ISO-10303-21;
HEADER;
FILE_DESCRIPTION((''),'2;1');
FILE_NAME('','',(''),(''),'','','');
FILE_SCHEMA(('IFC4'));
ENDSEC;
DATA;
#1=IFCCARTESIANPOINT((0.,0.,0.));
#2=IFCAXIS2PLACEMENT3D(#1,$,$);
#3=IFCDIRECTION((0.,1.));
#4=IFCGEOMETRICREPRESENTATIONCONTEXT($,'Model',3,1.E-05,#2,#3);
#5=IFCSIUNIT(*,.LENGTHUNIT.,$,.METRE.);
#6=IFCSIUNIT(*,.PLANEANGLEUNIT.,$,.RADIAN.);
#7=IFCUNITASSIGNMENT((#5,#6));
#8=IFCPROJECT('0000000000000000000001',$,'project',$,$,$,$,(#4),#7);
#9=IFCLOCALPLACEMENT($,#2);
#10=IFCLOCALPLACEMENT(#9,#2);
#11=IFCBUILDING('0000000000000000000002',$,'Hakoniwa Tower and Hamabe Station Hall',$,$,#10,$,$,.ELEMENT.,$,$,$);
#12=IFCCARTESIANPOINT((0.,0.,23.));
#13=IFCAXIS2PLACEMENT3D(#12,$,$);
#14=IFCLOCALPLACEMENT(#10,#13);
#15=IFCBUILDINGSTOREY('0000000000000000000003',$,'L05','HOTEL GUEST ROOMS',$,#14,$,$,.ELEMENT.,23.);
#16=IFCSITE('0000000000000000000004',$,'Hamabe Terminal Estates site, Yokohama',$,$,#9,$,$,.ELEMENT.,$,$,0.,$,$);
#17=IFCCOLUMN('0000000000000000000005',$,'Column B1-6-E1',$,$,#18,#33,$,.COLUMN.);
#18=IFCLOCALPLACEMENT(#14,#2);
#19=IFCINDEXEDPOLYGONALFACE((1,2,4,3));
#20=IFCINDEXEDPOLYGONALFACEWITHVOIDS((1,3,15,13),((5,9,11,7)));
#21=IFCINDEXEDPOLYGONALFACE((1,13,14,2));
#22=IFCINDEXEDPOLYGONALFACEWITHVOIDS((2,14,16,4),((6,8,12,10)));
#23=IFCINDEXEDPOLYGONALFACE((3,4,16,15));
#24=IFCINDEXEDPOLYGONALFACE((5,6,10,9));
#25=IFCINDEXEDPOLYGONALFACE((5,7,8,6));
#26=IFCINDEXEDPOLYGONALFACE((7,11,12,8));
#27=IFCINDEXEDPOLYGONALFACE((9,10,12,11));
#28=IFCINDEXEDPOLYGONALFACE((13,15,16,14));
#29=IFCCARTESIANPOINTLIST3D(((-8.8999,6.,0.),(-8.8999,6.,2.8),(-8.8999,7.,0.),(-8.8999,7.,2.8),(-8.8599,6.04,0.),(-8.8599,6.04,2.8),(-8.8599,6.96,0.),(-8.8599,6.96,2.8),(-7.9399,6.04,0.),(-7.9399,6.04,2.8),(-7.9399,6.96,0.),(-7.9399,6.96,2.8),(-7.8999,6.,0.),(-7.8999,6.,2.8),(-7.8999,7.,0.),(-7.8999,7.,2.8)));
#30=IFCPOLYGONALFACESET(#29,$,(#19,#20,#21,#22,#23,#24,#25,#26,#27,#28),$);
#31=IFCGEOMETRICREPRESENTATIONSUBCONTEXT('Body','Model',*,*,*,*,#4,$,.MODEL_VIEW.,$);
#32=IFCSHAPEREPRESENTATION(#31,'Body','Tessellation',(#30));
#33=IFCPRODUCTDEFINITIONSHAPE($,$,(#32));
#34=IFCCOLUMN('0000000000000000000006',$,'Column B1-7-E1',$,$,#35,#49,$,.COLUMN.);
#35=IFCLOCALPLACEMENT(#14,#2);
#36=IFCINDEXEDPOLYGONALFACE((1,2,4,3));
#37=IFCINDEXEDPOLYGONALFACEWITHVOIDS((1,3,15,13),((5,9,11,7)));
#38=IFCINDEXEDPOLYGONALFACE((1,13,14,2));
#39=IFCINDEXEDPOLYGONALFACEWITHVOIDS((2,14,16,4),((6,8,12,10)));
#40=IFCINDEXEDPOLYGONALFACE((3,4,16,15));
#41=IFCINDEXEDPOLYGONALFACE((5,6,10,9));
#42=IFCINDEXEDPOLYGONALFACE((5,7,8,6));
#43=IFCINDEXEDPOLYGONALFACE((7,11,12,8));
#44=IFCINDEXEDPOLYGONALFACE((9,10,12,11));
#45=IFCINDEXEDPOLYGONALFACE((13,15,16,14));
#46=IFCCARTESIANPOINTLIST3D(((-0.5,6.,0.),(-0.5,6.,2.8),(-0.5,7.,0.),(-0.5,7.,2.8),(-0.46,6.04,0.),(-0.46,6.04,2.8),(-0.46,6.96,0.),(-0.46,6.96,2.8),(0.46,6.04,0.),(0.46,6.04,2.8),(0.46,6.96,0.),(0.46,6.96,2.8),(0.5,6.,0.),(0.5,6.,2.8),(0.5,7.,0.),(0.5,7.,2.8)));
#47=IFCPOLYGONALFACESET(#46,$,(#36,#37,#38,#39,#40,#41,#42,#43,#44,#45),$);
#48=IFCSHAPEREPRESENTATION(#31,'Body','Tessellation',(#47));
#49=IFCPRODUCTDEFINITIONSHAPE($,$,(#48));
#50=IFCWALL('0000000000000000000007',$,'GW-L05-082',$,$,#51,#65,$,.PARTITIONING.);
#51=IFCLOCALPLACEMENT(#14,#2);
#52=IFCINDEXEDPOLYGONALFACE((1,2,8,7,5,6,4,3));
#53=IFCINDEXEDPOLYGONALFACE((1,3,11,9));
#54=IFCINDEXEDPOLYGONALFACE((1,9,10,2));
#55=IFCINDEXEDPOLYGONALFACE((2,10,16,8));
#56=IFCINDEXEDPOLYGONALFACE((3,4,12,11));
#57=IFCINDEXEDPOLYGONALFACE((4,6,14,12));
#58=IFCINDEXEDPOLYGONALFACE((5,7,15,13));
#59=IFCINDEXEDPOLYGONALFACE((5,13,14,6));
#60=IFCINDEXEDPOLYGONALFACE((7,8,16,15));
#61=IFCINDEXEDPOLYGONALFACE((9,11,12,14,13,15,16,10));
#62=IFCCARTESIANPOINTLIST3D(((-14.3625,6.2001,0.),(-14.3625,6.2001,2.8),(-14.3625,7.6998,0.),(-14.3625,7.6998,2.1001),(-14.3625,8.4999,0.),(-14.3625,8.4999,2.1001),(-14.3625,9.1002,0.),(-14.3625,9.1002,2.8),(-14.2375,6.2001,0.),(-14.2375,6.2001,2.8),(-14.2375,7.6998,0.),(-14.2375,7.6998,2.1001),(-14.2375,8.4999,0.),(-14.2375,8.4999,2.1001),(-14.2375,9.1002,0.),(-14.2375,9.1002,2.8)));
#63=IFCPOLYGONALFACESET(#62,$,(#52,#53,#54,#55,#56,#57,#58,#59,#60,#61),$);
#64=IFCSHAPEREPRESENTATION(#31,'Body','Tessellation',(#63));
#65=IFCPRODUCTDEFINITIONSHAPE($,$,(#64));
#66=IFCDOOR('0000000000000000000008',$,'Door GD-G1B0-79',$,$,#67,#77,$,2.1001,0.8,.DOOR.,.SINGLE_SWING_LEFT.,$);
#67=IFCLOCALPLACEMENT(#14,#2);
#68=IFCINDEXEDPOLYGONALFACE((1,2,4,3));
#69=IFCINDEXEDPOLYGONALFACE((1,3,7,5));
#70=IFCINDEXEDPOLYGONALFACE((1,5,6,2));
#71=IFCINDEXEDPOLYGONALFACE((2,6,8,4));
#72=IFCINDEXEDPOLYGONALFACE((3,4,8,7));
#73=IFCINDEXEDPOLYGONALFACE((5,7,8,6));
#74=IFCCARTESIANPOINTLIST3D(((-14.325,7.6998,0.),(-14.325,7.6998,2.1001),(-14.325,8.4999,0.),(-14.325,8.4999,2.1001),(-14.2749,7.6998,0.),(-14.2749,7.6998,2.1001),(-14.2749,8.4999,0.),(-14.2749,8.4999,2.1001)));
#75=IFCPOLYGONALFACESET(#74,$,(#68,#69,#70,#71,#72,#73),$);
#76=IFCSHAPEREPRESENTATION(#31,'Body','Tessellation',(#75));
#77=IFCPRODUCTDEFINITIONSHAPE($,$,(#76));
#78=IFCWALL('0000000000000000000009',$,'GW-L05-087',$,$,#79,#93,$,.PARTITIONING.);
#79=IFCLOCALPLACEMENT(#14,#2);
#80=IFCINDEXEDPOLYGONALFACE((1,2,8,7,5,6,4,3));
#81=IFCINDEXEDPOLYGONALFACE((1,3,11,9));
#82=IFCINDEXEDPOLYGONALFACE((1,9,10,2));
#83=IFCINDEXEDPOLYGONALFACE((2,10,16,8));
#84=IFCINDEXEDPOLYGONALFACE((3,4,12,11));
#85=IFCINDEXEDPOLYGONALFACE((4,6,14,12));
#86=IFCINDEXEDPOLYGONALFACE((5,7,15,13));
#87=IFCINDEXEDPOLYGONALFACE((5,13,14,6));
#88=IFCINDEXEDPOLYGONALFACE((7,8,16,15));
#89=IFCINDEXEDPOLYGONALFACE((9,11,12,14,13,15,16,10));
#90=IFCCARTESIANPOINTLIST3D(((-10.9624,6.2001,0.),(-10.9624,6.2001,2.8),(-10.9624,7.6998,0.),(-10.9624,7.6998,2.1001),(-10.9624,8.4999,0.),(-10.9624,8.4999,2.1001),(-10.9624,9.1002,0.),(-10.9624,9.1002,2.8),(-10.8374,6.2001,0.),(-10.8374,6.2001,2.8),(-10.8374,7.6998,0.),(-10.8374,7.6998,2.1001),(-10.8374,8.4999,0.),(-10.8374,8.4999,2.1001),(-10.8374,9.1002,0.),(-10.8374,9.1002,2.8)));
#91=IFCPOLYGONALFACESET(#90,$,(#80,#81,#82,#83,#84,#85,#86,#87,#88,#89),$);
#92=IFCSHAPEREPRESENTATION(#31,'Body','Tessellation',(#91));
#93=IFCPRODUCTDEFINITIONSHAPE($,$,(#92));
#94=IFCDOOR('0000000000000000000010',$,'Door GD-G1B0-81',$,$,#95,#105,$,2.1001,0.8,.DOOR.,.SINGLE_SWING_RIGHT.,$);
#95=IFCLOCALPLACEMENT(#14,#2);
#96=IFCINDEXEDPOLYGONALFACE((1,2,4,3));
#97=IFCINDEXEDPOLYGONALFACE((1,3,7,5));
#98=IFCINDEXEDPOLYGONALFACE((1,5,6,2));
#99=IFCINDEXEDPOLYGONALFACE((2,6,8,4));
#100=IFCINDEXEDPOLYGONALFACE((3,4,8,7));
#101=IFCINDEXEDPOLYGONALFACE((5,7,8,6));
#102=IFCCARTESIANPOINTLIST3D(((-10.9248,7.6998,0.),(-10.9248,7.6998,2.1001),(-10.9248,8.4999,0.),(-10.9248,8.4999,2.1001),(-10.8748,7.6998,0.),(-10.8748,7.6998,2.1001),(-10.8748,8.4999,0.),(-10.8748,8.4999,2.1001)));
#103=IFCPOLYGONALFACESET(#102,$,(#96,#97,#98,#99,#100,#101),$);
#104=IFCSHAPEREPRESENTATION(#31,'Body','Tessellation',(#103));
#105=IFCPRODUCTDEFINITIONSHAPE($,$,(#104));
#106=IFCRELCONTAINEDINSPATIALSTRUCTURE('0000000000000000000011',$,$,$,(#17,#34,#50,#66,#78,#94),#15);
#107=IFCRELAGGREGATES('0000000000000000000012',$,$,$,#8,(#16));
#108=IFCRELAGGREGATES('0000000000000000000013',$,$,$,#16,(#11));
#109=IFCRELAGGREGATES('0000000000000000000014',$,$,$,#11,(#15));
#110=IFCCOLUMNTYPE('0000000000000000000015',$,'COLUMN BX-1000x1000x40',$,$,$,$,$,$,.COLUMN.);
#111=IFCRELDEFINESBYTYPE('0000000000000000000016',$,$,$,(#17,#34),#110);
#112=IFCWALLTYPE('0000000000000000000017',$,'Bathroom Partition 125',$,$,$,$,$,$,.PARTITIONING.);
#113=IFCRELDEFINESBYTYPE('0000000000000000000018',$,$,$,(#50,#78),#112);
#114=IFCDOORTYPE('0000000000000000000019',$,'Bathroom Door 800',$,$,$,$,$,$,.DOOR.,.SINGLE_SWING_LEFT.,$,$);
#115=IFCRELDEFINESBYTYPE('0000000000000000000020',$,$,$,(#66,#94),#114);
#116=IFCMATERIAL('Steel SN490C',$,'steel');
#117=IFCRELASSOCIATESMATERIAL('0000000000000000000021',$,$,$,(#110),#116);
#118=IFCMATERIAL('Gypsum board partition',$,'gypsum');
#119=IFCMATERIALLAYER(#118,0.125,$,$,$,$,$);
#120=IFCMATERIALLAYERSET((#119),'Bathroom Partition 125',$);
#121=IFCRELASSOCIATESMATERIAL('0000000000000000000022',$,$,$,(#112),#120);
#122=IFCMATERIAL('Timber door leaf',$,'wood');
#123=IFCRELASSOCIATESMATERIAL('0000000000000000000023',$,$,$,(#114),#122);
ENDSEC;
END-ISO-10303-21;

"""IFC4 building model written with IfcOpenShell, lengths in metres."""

from ifc_helpers import new_model, si_unit, direction, frame, frame_2d, origin, origin_2d, place, context, subcontext, project, spatial, rectangle, hollow_rectangle, extrude, material, layer, layer_set, material_profile, profile_set, type_object, element, fill, save


model = new_model("IFC4")

# Units and contexts
model_context = context("Model", 3, precision=1e-05, world=origin(), true_north=direction((0.0, 1.0)))
body_context = subcontext(model_context, "Body", "Model", "MODEL_VIEW")
ifc_project = project(units=[si_unit("LENGTHUNIT", "METRE"), si_unit("PLANEANGLEUNIT", "RADIAN")], contexts=[model_context])

# Site, building, storey
site_placement = place(None, origin())
site = spatial("IfcSite", under=ifc_project, at=site_placement, Name="Hamabe Terminal Estates site, Yokohama", CompositionType="ELEMENT", RefElevation=0.0)
building_placement = place(site_placement, origin())
building = spatial("IfcBuilding", under=site, at=building_placement, Name="Hakoniwa Tower and Hamabe Station Hall", CompositionType="ELEMENT")
storey_placement = place(building_placement, frame((0.0, 0.0, 23.0)))
storey = spatial("IfcBuildingStorey", under=building, at=storey_placement, Name="L05", Description="HOTEL GUEST ROOMS", CompositionType="ELEMENT", Elevation=23.0)

# Columns
ifc_material_1 = material(Name="Steel SN490C", Category="steel")
ifc_material_profile = material_profile(ifc_material_1, hollow_rectangle(XDim=1.0, YDim=1.0, WallThickness=0.04, at=origin_2d()), Name="BX-1000x1000x40")
ifc_profile_set = profile_set([ifc_material_profile], Name="Steel SN490C")
column_type = type_object("IfcColumnType", Name="COLUMN BX-1000x1000x40", PredefinedType="COLUMN", material=ifc_profile_set)
for number, where, z_axis, x_axis, name in (
    (1, (-8.3999, 6.5, 0.0), (0.0, 0.0, 1.0), (1.0, 0.0, 0.0), "Column B1-6-E1"),
    (2, (0.0, 6.5, 0.0), (0.0, 0.0, 1.0), (1.0, 0.0, 0.0), "Column B1-7-E1"),
):
    element("IfcColumn", number, at=place(storey_placement, frame(where, z_axis=z_axis, x_axis=x_axis)), inside=storey, type_object=column_type, Name=name, PredefinedType="COLUMN", context=body_context, shape_type="SweptSolid", body=[
        extrude(hollow_rectangle(XDim=1.0, YDim=1.0, WallThickness=0.04, at=origin_2d()), origin(), (0.0, 0.0, 1.0), 2.8),
    ])

# Walls, openings, doors
ifc_material_2 = material(Name="Gypsum board partition", Category="gypsum")
ifc_layer_1 = layer(ifc_material_2, 0.125)
ifc_layer_set_1 = layer_set([ifc_layer_1], Name="Bathroom Partition 125")
wall_type_1 = type_object("IfcWallType", Name="Bathroom Partition 125", PredefinedType="PARTITIONING", material=ifc_layer_set_1)
wall_1_placement = place(storey_placement, frame((-14.3, 6.2, 0.0), z_axis=(0.0, 0.0, 1.0), x_axis=(0.0, 1.0, 0.0)))
wall_1 = element("IfcWall", 3, at=wall_1_placement, inside=storey, type_object=wall_type_1, Name="GW-L05-082", PredefinedType="PARTITIONING", context=body_context, shape_type="SweptSolid", body=[
    extrude(rectangle(XDim=2.9001, YDim=0.125, at=frame_2d((1.4502, 0.0))), origin(), (0.0, 0.0, 1.0), 2.8),
])
opening_1_placement = place(wall_1_placement, frame((1.5, 0.0, 0.0)))
opening_1 = element("IfcOpeningElement", 4, at=opening_1_placement, cuts=wall_1, PredefinedType="OPENING", context=body_context, shape_type="SweptSolid", body=[
    extrude(rectangle(XDim=0.8, YDim=2.1001, at=frame_2d((0.3999, 1.05))), frame((0.0, 0.0725, 0.0), z_axis=(0.0, -1.0, 0.0), x_axis=(1.0, 0.0, 0.0)), (0.0, 0.0, 1.0), 0.145),
])
ifc_material_3 = material(Name="Timber door leaf", Category="wood")
door_type_1 = type_object("IfcDoorType", Name="Bathroom Door 800", OperationType="SINGLE_SWING_LEFT", PredefinedType="DOOR", material=ifc_material_3)
door_1_placement = place(opening_1_placement, origin())
door_1 = element("IfcDoor", 5, at=door_1_placement, inside=storey, type_object=door_type_1, Name="Door GD-G1B0-79", OperationType="SINGLE_SWING_LEFT", OverallHeight=2.1001, OverallWidth=0.8, PredefinedType="DOOR", context=body_context, shape_type="SweptSolid", body=[
    extrude(rectangle(XDim=0.8, YDim=2.1001, at=frame_2d((0.3999, 1.05))), frame((0.0, 0.0249, 0.0), z_axis=(0.0, -1.0, 0.0), x_axis=(1.0, 0.0, 0.0)), (0.0, 0.0, 1.0), 0.05),
])
fill(opening_1, door_1)
wall_2_placement = place(storey_placement, frame((-10.8999, 6.2, 0.0), z_axis=(0.0, 0.0, 1.0), x_axis=(0.0, 1.0, 0.0)))
wall_2 = element("IfcWall", 6, at=wall_2_placement, inside=storey, type_object=wall_type_1, Name="GW-L05-087", PredefinedType="PARTITIONING", context=body_context, shape_type="SweptSolid", body=[
    extrude(rectangle(XDim=2.9001, YDim=0.125, at=frame_2d((1.4502, 0.0))), origin(), (0.0, 0.0, 1.0), 2.8),
])
opening_2_placement = place(wall_2_placement, frame((1.5, 0.0, 0.0)))
opening_2 = element("IfcOpeningElement", 7, at=opening_2_placement, cuts=wall_2, PredefinedType="OPENING", context=body_context, shape_type="SweptSolid", body=[
    extrude(rectangle(XDim=0.8, YDim=2.1001, at=frame_2d((0.3999, 1.05))), frame((0.0, 0.0725, 0.0), z_axis=(0.0, -1.0, 0.0), x_axis=(1.0, 0.0, 0.0)), (0.0, 0.0, 1.0), 0.145),
])
door_2_placement = place(opening_2_placement, origin())
door_2 = element("IfcDoor", 8, at=door_2_placement, inside=storey, type_object=door_type_1, Name="Door GD-G1B0-81", OperationType="SINGLE_SWING_RIGHT", OverallHeight=2.1001, OverallWidth=0.8, PredefinedType="DOOR", context=body_context, shape_type="SweptSolid", body=[
    extrude(rectangle(XDim=0.8, YDim=2.1001, at=frame_2d((0.3999, 1.05))), frame((0.0, 0.0249, 0.0), z_axis=(0.0, -1.0, 0.0), x_axis=(1.0, 0.0, 0.0)), (0.0, 0.0, 1.0), 0.05),
])
fill(opening_2, door_2)

save(model, "model.ifc")
